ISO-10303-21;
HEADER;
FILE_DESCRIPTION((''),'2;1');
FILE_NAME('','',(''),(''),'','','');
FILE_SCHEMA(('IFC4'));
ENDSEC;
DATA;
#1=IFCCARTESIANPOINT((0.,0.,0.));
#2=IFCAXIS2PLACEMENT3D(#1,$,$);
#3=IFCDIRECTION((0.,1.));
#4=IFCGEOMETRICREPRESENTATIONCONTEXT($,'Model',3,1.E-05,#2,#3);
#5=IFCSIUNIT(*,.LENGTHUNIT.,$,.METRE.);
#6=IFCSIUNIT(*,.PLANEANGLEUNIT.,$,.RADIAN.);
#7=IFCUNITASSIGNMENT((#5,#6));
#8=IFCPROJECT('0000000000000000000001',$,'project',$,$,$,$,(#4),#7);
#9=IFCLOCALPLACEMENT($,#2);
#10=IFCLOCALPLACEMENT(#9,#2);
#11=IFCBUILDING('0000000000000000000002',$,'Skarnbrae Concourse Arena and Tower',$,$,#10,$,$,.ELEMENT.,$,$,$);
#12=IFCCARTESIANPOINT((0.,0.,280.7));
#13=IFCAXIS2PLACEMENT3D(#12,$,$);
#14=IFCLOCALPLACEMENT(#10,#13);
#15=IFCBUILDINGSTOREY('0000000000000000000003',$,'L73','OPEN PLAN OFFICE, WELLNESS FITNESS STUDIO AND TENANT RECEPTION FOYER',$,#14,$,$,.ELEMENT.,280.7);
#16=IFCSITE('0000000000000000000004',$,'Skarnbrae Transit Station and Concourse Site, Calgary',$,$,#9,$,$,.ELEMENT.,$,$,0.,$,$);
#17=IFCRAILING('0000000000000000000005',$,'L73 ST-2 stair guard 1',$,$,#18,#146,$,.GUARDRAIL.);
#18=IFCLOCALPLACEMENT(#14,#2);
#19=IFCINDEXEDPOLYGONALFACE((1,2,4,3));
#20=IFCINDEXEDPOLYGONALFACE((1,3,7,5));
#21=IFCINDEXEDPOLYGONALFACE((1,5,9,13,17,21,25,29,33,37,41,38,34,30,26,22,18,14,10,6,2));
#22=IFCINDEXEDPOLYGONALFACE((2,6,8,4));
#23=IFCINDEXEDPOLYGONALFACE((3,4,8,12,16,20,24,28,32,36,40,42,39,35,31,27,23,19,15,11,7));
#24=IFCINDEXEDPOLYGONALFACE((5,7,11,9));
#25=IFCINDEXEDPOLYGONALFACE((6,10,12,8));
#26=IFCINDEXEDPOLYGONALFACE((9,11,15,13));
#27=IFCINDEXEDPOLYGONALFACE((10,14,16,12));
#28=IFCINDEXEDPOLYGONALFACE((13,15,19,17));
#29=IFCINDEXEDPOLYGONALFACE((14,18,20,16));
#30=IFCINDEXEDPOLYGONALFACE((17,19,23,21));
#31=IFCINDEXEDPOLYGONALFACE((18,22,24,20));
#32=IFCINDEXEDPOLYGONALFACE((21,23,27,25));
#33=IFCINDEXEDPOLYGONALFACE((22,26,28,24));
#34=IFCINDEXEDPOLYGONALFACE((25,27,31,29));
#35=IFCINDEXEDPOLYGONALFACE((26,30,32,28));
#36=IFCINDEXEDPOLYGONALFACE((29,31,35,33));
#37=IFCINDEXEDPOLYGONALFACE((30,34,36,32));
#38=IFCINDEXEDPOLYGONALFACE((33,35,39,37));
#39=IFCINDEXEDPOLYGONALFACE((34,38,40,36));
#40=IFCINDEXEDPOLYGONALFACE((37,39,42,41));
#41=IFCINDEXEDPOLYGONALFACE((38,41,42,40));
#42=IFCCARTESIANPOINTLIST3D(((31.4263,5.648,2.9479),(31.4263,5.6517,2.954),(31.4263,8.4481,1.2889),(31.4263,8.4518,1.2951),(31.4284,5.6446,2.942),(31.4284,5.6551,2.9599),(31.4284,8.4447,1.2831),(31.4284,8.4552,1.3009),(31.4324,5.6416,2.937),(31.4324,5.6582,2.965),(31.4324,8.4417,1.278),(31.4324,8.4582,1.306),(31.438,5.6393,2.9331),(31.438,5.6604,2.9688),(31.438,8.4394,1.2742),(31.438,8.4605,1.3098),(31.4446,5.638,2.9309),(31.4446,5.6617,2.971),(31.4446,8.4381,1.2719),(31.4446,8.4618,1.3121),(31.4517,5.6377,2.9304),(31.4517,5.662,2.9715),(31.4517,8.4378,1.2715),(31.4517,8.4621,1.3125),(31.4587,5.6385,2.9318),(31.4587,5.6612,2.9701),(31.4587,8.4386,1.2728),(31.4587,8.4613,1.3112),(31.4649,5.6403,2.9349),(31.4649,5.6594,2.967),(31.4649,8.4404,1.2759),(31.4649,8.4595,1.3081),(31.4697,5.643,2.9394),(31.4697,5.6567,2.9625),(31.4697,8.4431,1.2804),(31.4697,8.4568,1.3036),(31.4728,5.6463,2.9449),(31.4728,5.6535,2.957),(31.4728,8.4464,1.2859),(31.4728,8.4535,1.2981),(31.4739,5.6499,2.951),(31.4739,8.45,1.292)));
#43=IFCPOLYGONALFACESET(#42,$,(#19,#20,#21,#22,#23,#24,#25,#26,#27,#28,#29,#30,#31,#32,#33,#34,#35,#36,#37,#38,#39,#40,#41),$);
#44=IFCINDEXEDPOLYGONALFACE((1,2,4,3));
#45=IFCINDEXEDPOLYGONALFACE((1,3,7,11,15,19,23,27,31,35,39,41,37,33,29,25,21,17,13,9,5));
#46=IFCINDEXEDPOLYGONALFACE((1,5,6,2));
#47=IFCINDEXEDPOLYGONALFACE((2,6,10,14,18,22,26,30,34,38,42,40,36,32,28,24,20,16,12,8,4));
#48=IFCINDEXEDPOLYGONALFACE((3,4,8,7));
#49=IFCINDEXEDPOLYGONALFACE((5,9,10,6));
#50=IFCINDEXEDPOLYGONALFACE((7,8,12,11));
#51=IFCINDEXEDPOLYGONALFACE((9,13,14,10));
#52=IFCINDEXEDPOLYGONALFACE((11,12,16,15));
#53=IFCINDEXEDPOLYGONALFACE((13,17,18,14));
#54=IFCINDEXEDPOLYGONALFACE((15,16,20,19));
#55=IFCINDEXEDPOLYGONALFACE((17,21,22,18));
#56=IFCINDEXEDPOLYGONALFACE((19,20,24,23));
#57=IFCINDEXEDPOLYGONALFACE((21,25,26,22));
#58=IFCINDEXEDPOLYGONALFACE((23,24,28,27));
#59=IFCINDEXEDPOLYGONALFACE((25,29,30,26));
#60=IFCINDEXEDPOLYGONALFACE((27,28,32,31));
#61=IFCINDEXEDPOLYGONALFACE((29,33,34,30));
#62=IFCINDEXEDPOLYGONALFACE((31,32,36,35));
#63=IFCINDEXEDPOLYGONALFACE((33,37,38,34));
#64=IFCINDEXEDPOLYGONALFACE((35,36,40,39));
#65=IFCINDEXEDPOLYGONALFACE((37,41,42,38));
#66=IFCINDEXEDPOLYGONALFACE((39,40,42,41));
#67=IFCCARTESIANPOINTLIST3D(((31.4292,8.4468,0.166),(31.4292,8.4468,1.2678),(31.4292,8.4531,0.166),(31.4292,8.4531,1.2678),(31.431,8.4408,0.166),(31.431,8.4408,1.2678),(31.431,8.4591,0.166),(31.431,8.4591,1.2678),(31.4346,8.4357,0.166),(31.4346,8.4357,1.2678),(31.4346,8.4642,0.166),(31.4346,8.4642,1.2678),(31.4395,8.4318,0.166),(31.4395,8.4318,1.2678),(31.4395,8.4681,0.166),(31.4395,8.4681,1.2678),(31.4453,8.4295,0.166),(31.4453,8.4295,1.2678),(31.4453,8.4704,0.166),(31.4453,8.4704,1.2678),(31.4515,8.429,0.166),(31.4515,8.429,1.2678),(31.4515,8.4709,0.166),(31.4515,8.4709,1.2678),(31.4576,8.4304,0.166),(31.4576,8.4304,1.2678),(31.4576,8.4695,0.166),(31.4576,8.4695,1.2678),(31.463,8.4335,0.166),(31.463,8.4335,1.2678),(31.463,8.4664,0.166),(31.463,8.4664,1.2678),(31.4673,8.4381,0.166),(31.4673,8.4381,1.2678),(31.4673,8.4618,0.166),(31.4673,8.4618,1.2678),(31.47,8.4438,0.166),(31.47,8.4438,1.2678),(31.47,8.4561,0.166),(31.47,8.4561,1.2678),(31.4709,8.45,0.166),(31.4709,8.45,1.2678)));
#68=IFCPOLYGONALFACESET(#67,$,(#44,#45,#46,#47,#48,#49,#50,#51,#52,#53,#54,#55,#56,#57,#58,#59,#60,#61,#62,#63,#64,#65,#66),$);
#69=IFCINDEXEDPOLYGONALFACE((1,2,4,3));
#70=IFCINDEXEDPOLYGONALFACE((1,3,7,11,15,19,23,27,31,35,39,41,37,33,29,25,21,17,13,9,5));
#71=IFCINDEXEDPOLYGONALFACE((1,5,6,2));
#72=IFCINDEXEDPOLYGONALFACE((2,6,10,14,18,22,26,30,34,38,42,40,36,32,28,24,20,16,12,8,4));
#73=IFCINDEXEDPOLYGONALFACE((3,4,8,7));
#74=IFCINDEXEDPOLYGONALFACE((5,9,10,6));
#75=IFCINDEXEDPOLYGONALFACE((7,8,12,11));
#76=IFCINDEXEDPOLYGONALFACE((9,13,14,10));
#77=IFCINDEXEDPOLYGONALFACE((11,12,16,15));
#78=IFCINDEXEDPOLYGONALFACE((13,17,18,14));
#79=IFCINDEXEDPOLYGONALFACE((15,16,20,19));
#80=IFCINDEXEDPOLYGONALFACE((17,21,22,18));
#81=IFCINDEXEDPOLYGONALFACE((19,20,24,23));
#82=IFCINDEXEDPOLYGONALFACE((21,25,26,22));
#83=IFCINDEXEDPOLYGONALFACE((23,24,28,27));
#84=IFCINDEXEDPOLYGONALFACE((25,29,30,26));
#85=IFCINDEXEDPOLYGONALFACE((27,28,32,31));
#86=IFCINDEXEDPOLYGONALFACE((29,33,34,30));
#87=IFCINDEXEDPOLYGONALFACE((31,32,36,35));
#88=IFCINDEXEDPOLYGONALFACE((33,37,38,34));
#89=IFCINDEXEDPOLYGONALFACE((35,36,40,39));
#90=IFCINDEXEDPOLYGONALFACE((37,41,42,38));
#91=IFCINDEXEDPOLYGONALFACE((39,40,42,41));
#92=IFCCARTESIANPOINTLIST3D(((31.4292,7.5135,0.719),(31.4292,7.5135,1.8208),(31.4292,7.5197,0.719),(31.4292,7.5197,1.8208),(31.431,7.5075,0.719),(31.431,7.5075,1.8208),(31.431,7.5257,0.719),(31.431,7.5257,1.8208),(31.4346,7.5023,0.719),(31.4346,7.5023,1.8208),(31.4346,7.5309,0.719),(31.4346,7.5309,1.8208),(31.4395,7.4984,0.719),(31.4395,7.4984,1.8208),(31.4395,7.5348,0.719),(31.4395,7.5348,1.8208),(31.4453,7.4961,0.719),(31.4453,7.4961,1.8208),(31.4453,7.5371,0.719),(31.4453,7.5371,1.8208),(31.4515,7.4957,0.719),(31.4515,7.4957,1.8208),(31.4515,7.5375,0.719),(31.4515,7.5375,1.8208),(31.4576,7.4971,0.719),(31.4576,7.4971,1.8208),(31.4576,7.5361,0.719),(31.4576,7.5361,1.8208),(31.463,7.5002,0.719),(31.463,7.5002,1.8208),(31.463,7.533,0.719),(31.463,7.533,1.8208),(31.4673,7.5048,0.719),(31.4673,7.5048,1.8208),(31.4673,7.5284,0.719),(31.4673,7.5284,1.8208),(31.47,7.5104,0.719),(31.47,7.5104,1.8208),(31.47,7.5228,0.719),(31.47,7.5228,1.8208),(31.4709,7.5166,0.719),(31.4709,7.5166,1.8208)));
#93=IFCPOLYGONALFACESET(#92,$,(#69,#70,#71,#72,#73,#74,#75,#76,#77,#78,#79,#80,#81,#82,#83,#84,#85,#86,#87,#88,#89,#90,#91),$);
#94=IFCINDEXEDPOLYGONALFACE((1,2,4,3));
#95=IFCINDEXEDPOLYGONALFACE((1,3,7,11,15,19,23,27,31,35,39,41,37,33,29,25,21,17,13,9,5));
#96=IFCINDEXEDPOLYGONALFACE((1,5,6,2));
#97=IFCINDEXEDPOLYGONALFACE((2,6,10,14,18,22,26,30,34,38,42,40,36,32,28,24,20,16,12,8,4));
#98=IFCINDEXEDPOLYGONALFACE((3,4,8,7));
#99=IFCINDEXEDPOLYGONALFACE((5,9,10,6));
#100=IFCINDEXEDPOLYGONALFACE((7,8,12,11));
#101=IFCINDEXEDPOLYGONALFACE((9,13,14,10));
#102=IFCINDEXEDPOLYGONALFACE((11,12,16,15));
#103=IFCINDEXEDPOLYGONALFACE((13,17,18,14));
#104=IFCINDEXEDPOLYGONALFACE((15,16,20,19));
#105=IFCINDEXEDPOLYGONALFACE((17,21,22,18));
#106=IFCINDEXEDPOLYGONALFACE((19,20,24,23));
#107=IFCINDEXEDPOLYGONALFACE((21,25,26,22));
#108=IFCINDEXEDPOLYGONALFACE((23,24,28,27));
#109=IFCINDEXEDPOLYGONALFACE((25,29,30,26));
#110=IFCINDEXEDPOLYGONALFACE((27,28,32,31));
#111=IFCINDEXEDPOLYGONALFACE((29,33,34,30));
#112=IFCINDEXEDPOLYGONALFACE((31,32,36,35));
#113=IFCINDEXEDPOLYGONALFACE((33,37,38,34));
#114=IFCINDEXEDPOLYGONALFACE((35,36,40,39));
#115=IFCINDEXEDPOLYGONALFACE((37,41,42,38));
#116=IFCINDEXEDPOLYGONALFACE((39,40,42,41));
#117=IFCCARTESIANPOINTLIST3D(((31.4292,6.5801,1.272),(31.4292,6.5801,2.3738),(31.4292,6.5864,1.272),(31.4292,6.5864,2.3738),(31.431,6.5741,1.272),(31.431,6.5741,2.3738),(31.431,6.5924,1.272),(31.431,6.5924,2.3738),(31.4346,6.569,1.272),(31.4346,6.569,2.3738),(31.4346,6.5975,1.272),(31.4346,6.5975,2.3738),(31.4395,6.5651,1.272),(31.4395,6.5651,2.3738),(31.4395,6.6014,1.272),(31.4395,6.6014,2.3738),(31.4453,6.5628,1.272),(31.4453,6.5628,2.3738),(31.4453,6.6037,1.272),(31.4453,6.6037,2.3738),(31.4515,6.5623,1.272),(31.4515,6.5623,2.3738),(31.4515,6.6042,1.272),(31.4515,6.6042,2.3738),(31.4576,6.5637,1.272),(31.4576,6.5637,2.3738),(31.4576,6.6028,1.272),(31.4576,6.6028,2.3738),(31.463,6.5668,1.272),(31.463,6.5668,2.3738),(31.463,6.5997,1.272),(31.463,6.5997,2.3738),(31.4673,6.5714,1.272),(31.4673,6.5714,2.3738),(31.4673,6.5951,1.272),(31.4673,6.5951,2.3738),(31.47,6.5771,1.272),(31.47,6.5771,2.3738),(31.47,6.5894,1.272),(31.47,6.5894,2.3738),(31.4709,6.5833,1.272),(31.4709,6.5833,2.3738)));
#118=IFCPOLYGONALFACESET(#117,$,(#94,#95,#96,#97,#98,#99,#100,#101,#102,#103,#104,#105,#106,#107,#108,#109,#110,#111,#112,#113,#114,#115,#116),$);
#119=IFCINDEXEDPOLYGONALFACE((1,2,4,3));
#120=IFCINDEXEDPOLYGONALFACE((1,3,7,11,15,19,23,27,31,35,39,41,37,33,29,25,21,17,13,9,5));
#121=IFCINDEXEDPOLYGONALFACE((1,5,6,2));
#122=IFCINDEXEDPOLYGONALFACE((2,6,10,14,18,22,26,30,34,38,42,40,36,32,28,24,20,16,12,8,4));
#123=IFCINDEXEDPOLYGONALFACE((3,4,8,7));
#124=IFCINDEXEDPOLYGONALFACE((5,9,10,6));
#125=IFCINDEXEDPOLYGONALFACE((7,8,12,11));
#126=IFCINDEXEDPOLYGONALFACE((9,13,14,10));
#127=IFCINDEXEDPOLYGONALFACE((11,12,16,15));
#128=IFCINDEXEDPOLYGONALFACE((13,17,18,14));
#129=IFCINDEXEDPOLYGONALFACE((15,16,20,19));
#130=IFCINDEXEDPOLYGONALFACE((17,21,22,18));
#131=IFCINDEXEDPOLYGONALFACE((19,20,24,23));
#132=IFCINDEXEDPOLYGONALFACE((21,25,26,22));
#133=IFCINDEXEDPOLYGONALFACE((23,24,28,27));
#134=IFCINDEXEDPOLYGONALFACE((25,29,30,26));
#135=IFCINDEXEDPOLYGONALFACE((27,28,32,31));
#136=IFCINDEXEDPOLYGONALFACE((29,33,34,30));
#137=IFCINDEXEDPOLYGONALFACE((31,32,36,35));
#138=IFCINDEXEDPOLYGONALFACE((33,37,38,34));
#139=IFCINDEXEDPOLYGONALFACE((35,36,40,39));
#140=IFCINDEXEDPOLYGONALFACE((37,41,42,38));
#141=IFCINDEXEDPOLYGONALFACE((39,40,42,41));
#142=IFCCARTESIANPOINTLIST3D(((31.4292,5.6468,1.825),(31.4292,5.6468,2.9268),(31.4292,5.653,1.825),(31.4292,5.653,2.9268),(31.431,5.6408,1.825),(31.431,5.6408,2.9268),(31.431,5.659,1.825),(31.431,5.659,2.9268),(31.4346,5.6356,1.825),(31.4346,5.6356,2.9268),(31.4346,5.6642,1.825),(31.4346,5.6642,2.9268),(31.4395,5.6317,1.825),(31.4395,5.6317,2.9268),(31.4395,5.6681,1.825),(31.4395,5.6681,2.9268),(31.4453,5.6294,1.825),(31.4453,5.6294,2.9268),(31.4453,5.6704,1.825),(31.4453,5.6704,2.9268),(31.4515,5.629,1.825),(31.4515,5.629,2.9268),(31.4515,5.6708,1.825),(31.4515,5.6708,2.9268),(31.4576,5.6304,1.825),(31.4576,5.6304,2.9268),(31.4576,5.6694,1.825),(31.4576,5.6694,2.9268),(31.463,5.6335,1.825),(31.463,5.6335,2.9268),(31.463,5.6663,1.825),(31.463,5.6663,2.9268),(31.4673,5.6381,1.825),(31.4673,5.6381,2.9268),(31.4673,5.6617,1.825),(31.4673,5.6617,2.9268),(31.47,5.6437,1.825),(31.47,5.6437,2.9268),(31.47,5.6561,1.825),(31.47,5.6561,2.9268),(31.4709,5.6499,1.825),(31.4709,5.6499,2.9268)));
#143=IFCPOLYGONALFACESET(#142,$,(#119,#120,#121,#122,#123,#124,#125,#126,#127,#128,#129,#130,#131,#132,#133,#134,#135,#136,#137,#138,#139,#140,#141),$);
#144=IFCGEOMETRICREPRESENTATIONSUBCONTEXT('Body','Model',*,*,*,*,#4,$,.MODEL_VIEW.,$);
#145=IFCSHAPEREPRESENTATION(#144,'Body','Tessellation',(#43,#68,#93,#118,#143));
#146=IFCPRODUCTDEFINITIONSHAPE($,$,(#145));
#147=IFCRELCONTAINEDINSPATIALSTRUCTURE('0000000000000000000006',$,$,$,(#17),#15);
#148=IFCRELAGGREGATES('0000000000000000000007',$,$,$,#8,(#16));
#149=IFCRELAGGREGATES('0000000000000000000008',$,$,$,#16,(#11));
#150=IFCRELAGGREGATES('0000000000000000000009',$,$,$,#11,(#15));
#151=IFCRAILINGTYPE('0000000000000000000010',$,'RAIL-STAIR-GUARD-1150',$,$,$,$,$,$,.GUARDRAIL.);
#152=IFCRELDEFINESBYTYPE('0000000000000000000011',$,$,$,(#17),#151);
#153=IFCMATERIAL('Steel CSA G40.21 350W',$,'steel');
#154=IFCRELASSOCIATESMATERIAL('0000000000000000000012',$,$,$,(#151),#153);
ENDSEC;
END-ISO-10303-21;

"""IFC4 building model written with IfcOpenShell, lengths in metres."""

from ifc_helpers import new_model, si_unit, direction, frame, origin, origin_2d, place, context, subcontext, project, spatial, circle, extrude, material, type_object, element, save


model = new_model("IFC4")

# Units and contexts
model_context = context("Model", 3, precision=1e-05, world=origin(), true_north=direction((0.0, 1.0)))
body_context = subcontext(model_context, "Body", "Model", "MODEL_VIEW")
ifc_project = project(units=[si_unit("LENGTHUNIT", "METRE"), si_unit("PLANEANGLEUNIT", "RADIAN")], contexts=[model_context])

# Site, building, storey
site_placement = place(None, origin())
site = spatial("IfcSite", under=ifc_project, at=site_placement, Name="Skarnbrae Transit Station and Concourse Site, Calgary", CompositionType="ELEMENT", RefElevation=0.0)
building_placement = place(site_placement, origin())
building = spatial("IfcBuilding", under=site, at=building_placement, Name="Skarnbrae Concourse Arena and Tower", CompositionType="ELEMENT")
storey_placement = place(building_placement, frame((0.0, 0.0, 280.7)))
storey = spatial("IfcBuildingStorey", under=building, at=storey_placement, Name="L73", Description="OPEN PLAN OFFICE, WELLNESS FITNESS STUDIO AND TENANT RECEPTION FOYER", CompositionType="ELEMENT", Elevation=280.7)

# Shared definitions
ifc_material_1 = material(Name="Steel CSA G40.21 350W", Category="steel")

# Railing
railing_type = type_object("IfcRailingType", Name="RAIL-STAIR-GUARD-1150", PredefinedType="GUARDRAIL", material=ifc_material_1)
railing_1_placement = place(storey_placement, frame((31.45, 8.45, 0.166)))
element("IfcRailing", 1, at=railing_1_placement, inside=storey, type_object=railing_type, Name="L73 ST-2 stair guard 1", PredefinedType="GUARDRAIL", context=body_context, shape_type="SweptSolid", body=[
    extrude(circle(Radius=0.0239, at=origin_2d()), frame((0.0, 0.0, 1.126), z_axis=(0.0, -0.860339, 0.509722), x_axis=(1.0, 0.0, 0.0)), (0.0, 0.0, 1.0), 3.2546),
    extrude(circle(Radius=0.021, at=origin_2d()), origin(), (0.0, 0.0, 1.0), 1.1018),
    extrude(circle(Radius=0.021, at=origin_2d()), frame((0.0, -0.9333, 0.553)), (0.0, 0.0, 1.0), 1.1018),
    extrude(circle(Radius=0.021, at=origin_2d()), frame((0.0, -1.8667, 1.106)), (0.0, 0.0, 1.0), 1.1018),
    extrude(circle(Radius=0.021, at=origin_2d()), frame((0.0, -2.8, 1.6589)), (0.0, 0.0, 1.0), 1.1018),
])

save(model, "model.ifc")
